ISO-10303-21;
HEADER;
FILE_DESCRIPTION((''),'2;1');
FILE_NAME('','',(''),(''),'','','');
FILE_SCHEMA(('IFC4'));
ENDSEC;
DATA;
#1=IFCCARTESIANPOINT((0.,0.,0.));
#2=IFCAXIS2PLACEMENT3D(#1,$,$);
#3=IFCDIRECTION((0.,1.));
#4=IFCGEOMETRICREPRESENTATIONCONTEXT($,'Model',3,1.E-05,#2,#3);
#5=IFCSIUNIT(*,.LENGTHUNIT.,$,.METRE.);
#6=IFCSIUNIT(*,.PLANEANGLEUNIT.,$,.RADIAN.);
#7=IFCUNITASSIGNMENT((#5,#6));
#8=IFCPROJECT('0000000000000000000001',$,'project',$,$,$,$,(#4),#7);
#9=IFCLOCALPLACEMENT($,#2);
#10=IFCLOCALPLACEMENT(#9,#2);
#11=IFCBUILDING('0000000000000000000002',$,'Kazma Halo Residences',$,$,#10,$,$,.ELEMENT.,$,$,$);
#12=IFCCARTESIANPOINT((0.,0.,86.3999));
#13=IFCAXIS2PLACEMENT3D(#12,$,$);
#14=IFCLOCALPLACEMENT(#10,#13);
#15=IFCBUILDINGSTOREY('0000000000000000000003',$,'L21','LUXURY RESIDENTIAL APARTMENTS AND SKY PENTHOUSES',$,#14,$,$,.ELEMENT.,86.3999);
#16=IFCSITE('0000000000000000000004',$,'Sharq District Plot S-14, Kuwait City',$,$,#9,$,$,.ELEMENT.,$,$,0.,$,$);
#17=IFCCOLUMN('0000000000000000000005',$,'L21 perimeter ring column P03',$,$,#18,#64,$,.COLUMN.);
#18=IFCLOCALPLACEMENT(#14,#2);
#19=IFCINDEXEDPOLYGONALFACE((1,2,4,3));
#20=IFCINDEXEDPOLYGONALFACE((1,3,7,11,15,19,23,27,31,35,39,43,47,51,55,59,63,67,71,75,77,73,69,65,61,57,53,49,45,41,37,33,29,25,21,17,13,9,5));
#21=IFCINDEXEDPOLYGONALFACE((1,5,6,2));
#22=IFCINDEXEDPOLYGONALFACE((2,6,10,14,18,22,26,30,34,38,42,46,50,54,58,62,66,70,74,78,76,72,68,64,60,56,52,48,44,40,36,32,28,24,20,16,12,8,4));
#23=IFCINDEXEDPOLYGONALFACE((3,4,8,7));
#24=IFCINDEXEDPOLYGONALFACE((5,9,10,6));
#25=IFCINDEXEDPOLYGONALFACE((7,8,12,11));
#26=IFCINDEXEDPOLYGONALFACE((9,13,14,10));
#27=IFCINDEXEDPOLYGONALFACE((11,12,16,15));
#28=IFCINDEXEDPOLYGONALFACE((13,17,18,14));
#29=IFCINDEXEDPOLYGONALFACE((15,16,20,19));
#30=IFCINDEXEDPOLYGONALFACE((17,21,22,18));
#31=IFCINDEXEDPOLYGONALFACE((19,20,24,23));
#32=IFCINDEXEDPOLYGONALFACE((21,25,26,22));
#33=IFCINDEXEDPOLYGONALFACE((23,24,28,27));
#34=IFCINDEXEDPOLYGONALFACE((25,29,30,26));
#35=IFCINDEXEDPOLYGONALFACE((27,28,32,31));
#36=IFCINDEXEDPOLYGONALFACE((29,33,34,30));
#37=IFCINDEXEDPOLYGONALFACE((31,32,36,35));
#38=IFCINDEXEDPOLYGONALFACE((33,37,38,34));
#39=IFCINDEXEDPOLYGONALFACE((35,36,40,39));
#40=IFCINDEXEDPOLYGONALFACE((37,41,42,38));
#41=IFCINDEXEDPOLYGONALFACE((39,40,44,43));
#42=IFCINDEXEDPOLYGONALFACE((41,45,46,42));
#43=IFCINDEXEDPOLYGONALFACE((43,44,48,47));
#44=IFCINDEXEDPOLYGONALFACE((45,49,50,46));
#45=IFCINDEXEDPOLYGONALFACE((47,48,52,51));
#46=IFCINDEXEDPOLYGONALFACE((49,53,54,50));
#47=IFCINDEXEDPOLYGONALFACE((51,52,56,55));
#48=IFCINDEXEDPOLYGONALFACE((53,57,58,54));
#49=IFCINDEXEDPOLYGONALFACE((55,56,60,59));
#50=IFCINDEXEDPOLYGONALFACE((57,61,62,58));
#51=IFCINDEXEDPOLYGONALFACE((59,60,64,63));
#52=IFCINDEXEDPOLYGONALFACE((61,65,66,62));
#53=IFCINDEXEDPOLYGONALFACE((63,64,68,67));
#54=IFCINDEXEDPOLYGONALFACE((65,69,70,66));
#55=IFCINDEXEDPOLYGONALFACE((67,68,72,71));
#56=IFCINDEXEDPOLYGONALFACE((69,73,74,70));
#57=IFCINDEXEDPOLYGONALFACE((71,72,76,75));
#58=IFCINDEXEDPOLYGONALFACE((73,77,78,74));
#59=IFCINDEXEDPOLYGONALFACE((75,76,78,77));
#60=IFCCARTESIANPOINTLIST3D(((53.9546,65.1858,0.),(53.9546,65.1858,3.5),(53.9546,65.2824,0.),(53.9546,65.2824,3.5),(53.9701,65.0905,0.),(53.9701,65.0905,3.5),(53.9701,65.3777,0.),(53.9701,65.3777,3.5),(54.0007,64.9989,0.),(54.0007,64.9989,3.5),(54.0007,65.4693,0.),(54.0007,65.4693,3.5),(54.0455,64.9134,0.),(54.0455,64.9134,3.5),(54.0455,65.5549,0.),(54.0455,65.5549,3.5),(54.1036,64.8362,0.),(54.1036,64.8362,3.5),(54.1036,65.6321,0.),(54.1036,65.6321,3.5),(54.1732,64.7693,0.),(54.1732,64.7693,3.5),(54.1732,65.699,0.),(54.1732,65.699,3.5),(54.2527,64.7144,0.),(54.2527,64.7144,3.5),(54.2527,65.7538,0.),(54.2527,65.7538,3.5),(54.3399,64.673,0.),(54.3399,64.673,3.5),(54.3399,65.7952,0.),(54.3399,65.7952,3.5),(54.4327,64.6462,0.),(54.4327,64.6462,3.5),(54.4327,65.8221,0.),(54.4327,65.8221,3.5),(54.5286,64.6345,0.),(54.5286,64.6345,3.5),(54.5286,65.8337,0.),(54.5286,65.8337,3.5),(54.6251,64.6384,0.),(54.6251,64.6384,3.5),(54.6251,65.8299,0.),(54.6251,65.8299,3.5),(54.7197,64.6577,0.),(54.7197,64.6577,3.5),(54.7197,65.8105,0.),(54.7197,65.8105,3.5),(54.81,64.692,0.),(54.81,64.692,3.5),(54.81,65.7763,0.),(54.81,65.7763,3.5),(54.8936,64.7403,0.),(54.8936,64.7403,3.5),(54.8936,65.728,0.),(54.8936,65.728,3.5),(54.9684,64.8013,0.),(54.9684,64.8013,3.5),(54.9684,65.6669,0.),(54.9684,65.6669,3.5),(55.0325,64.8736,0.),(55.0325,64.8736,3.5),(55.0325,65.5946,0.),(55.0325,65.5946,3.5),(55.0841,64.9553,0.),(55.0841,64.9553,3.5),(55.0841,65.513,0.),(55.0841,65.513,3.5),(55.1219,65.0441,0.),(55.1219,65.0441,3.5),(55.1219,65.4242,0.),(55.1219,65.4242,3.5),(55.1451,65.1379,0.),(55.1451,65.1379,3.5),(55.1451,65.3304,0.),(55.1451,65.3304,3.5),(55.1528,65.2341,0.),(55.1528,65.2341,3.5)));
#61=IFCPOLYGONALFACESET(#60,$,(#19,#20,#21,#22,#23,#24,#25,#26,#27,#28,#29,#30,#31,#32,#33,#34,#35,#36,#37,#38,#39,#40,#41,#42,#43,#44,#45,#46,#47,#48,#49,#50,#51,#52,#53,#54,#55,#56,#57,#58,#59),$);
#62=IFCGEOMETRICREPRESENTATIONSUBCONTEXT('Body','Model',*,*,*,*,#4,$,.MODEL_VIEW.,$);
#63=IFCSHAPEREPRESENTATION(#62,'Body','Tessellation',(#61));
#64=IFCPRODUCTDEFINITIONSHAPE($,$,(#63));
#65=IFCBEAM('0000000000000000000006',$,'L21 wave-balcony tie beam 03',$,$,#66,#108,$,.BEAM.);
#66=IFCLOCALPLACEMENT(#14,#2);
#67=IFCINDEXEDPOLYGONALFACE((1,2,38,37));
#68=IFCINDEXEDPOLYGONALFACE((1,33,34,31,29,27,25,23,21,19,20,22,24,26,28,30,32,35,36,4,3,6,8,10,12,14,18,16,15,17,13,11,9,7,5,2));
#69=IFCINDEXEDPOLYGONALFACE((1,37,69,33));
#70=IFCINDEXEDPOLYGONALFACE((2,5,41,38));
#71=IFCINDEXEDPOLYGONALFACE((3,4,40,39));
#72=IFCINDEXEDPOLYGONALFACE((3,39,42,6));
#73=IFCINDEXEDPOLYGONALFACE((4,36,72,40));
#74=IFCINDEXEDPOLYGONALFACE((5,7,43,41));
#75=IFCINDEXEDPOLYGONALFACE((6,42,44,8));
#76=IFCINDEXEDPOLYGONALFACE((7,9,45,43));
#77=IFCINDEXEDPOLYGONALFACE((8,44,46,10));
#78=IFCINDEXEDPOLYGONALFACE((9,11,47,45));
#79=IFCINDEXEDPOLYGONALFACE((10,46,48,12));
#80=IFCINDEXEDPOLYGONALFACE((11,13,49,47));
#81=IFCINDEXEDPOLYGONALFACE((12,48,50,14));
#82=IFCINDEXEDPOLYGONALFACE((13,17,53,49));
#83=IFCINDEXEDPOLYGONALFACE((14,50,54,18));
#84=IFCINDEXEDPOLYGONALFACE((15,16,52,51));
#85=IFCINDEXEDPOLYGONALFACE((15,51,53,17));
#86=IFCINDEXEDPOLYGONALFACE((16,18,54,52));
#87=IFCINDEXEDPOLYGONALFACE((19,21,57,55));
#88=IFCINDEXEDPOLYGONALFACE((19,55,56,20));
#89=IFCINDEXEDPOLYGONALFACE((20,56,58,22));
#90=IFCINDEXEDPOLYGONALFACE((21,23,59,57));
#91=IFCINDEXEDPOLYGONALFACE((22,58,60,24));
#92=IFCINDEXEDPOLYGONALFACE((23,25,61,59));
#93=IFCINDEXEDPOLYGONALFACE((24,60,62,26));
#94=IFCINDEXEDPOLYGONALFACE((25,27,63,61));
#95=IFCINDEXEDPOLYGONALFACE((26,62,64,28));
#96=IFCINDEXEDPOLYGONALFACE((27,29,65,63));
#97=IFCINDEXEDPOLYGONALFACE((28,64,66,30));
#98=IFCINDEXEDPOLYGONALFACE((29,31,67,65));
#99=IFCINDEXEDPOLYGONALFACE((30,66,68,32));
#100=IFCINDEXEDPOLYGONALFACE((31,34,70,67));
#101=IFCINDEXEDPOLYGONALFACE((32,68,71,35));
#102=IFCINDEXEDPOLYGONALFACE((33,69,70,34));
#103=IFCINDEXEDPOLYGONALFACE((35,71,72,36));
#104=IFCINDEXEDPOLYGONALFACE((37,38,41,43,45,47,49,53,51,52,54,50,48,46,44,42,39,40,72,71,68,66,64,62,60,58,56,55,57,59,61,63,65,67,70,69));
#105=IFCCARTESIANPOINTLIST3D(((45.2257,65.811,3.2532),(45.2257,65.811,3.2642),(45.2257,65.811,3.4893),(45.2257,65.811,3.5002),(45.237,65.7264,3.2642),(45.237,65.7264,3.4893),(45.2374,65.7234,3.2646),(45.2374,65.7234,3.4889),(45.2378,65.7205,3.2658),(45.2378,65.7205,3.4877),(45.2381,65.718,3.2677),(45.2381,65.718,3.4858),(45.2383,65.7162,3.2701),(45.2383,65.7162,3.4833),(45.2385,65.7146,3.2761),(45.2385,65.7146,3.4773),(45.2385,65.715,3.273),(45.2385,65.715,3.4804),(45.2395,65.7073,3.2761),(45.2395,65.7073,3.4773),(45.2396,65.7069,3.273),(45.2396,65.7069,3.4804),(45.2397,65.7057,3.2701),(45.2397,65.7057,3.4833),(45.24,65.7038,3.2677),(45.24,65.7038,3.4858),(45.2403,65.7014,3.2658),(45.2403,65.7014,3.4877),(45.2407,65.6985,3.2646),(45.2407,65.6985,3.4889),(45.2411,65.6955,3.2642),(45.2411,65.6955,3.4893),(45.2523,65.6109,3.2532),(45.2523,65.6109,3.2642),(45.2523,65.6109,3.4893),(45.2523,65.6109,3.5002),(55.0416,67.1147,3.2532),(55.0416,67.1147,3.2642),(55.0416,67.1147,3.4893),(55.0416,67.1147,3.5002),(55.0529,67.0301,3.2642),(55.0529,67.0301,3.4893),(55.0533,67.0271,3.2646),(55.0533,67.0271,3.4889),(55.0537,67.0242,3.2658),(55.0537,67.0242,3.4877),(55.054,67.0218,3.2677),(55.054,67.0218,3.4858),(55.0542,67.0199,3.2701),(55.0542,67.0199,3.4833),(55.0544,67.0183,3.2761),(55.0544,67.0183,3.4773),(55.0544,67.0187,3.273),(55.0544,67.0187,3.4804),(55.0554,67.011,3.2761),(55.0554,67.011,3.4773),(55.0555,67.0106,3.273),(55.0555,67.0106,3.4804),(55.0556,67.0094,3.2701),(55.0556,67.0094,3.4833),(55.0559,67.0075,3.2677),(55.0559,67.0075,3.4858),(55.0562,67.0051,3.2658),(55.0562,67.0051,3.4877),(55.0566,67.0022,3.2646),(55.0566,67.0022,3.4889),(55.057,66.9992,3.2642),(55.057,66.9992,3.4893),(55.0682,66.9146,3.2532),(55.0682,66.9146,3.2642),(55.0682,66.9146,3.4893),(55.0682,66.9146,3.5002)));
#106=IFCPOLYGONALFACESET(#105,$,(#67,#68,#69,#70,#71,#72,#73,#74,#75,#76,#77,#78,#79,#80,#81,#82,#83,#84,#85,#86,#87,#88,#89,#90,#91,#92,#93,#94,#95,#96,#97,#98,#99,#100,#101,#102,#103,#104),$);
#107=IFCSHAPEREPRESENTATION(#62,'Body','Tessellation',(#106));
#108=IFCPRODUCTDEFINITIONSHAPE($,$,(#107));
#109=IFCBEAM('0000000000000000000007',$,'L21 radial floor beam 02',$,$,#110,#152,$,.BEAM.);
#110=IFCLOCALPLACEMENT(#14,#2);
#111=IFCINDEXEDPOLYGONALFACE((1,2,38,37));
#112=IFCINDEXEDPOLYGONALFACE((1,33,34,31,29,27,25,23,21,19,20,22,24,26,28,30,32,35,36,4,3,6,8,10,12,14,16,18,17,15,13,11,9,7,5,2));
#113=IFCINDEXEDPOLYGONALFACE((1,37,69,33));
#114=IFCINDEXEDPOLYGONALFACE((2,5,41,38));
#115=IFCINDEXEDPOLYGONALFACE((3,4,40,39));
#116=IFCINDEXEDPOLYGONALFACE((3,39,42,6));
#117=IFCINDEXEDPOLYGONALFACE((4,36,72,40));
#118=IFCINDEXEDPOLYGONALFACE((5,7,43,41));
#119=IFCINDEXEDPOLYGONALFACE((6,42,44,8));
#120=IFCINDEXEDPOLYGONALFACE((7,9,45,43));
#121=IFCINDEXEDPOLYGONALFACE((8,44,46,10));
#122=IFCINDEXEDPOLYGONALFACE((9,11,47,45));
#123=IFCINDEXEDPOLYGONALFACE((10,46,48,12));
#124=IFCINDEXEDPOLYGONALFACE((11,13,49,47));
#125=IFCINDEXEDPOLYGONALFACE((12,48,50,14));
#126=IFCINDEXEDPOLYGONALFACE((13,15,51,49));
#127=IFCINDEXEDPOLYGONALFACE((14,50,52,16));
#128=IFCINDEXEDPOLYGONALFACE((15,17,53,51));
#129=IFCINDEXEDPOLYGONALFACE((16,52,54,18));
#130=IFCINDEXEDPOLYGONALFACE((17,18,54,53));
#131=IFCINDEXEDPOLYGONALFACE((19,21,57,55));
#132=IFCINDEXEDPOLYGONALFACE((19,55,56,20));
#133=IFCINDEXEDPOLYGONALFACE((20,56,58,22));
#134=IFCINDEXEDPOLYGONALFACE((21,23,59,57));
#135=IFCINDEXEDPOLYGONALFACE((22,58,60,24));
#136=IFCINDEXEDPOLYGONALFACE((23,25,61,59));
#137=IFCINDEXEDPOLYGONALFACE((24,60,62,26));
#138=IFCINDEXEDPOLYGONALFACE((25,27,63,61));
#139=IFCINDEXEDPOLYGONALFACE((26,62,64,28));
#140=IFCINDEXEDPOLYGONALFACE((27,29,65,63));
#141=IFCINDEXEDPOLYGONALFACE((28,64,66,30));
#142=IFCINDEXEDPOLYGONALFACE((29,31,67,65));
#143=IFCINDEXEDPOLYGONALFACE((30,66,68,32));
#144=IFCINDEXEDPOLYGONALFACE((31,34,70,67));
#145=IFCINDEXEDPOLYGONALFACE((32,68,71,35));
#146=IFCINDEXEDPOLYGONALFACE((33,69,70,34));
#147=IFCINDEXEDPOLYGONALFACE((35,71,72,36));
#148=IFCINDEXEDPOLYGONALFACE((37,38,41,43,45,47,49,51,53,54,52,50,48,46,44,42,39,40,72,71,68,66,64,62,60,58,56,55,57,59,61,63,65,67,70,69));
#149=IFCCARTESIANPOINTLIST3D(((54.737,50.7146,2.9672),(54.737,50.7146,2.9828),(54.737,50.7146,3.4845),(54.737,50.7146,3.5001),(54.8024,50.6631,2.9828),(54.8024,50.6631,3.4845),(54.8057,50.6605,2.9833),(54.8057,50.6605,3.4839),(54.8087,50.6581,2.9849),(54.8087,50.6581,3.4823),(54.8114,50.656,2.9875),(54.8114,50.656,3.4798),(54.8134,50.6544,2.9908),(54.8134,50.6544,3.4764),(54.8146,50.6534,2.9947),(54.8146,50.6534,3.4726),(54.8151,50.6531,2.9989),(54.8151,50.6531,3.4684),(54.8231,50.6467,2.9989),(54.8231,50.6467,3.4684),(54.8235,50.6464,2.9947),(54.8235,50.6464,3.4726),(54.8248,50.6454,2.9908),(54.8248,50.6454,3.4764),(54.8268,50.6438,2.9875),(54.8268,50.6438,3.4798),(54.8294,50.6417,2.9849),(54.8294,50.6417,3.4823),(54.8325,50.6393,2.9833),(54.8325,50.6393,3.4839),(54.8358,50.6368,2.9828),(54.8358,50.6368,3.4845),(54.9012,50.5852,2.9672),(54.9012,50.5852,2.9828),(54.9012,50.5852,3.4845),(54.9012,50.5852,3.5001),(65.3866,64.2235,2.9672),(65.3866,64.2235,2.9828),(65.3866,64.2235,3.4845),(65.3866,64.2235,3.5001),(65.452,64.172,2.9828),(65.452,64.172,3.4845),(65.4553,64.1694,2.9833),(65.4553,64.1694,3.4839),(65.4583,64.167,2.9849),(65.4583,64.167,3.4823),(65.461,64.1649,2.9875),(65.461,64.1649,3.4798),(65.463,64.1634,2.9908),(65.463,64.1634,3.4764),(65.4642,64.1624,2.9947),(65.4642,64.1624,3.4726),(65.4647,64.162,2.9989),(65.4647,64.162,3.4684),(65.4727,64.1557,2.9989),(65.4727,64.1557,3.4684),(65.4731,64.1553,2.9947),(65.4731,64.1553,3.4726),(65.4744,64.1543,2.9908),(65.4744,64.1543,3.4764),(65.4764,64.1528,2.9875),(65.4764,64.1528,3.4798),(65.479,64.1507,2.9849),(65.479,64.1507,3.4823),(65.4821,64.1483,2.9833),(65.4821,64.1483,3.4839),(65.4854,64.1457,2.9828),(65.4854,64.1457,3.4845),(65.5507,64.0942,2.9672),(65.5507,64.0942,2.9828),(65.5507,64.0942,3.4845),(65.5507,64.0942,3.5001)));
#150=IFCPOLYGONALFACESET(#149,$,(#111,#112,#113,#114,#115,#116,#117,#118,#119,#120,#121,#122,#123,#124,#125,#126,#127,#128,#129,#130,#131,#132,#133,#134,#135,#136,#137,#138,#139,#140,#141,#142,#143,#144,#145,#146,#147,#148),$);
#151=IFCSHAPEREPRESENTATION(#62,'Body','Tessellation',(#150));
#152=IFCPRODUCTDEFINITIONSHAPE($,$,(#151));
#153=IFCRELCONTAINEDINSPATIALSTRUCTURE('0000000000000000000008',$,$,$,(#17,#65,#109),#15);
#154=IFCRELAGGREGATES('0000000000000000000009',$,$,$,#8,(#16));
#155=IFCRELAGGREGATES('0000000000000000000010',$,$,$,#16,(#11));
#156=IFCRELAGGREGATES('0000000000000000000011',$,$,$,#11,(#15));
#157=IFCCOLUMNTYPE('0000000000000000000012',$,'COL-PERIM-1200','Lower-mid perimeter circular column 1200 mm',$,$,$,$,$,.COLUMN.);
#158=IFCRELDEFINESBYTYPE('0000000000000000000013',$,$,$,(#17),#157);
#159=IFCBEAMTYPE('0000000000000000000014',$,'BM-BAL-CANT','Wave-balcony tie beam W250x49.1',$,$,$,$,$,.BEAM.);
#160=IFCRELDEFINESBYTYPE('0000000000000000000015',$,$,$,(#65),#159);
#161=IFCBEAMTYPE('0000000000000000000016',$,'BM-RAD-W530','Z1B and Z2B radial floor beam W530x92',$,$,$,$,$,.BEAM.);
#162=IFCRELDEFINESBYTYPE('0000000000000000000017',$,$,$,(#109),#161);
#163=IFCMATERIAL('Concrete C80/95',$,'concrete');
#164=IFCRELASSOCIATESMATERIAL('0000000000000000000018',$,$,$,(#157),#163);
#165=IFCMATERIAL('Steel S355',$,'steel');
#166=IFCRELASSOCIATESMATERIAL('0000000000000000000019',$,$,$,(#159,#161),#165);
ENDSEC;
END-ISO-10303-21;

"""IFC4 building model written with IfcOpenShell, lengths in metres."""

from ifc_helpers import new_model, si_unit, direction, frame, origin, origin_2d, place, context, subcontext, project, spatial, circle, i_section, extrude, material, material_profile, profile_set, type_object, element, save


model = new_model("IFC4")

# Units and contexts
model_context = context("Model", 3, precision=1e-05, world=origin(), true_north=direction((0.0, 1.0)))
body_context = subcontext(model_context, "Body", "Model", "MODEL_VIEW")
ifc_project = project(units=[si_unit("LENGTHUNIT", "METRE"), si_unit("PLANEANGLEUNIT", "RADIAN")], contexts=[model_context])

# Site, building, storey
site_placement = place(None, origin())
site = spatial("IfcSite", under=ifc_project, at=site_placement, Name="Sharq District Plot S-14, Kuwait City", CompositionType="ELEMENT", RefElevation=0.0)
building_placement = place(site_placement, origin())
building = spatial("IfcBuilding", under=site, at=building_placement, Name="Kazma Halo Residences", CompositionType="ELEMENT")
storey_placement = place(building_placement, frame((0.0, 0.0, 86.3999)))
storey = spatial("IfcBuildingStorey", under=building, at=storey_placement, Name="L21", Description="LUXURY RESIDENTIAL APARTMENTS AND SKY PENTHOUSES", CompositionType="ELEMENT", Elevation=86.3999)

# Column
ifc_material_1 = material(Name="Concrete C80/95", Category="concrete")
ifc_material_profile_1 = material_profile(ifc_material_1, circle(Radius=0.6001, at=origin_2d()), Name="CIRC1200")
ifc_profile_set_1 = profile_set([ifc_material_profile_1], Name="Concrete C80/95")
column_type = type_object("IfcColumnType", Name="COL-PERIM-1200", Description="Lower-mid perimeter circular column 1200 mm", PredefinedType="COLUMN", material=ifc_profile_set_1)
column_placement = place(storey_placement, frame((54.5527, 65.2341, 0.0), z_axis=(0.0, 0.0, 1.0), x_axis=(1.0, 0.0, 0.0)))
element("IfcColumn", 1, at=column_placement, inside=storey, type_object=column_type, Name="L21 perimeter ring column P03", PredefinedType="COLUMN", context=body_context, shape_type="SweptSolid", body=[
    extrude(circle(Radius=0.6001, at=origin_2d()), origin(), (0.0, 0.0, 1.0), 3.5),
])

# Beams
ifc_material_2 = material(Name="Steel S355", Category="steel")
ifc_material_profile_2 = material_profile(ifc_material_2, i_section(OverallWidth=0.2019, OverallDepth=0.2471, WebThickness=0.0073, FlangeThickness=0.011, FilletRadius=0.012, at=origin_2d()), Name="W250x49.1")
ifc_profile_set_2 = profile_set([ifc_material_profile_2], Name="Steel S355")
beam_type_1 = type_object("IfcBeamType", Name="BM-BAL-CANT", Description="Wave-balcony tie beam W250x49.1", PredefinedType="BEAM", material=ifc_profile_set_2)
beam_1_placement = place(storey_placement, frame((55.0549, 67.0146, 3.3767), z_axis=(-0.991295, -0.13166, 0.0), x_axis=(0.13166, -0.991295, 0.0)))
element("IfcBeam", 2, at=beam_1_placement, inside=storey, type_object=beam_type_1, Name="L21 wave-balcony tie beam 03", PredefinedType="BEAM", context=body_context, shape_type="SweptSolid", body=[
    extrude(i_section(OverallWidth=0.2019, OverallDepth=0.2471, WebThickness=0.0073, FlangeThickness=0.011, FilletRadius=0.012, at=origin_2d()), origin(), (0.0, 0.0, 1.0), 9.9021),
])
ifc_material_profile_3 = material_profile(ifc_material_2, i_section(OverallWidth=0.209, OverallDepth=0.533, WebThickness=0.0103, FlangeThickness=0.0156, FilletRadius=0.0161, at=origin_2d()), Name="W530x92")
ifc_profile_set_3 = profile_set([ifc_material_profile_3], Name="Steel S355")
beam_type_2 = type_object("IfcBeamType", Name="BM-RAD-W530", Description="Z1B and Z2B radial floor beam W530x92", PredefinedType="BEAM", material=ifc_profile_set_3)
beam_2_placement = place(storey_placement, frame((54.8191, 50.6499, 3.2336), z_axis=(0.619094, 0.785317, 0.0), x_axis=(-0.785317, 0.619094, 0.0)))
element("IfcBeam", 3, at=beam_2_placement, inside=storey, type_object=beam_type_2, Name="L21 radial floor beam 02", PredefinedType="BEAM", context=body_context, shape_type="SweptSolid", body=[
    extrude(i_section(OverallWidth=0.209, OverallDepth=0.533, WebThickness=0.0103, FlangeThickness=0.0156, FilletRadius=0.0161, at=origin_2d()), origin(), (0.0, 0.0, 1.0), 17.2019),
])

save(model, "model.ifc")
